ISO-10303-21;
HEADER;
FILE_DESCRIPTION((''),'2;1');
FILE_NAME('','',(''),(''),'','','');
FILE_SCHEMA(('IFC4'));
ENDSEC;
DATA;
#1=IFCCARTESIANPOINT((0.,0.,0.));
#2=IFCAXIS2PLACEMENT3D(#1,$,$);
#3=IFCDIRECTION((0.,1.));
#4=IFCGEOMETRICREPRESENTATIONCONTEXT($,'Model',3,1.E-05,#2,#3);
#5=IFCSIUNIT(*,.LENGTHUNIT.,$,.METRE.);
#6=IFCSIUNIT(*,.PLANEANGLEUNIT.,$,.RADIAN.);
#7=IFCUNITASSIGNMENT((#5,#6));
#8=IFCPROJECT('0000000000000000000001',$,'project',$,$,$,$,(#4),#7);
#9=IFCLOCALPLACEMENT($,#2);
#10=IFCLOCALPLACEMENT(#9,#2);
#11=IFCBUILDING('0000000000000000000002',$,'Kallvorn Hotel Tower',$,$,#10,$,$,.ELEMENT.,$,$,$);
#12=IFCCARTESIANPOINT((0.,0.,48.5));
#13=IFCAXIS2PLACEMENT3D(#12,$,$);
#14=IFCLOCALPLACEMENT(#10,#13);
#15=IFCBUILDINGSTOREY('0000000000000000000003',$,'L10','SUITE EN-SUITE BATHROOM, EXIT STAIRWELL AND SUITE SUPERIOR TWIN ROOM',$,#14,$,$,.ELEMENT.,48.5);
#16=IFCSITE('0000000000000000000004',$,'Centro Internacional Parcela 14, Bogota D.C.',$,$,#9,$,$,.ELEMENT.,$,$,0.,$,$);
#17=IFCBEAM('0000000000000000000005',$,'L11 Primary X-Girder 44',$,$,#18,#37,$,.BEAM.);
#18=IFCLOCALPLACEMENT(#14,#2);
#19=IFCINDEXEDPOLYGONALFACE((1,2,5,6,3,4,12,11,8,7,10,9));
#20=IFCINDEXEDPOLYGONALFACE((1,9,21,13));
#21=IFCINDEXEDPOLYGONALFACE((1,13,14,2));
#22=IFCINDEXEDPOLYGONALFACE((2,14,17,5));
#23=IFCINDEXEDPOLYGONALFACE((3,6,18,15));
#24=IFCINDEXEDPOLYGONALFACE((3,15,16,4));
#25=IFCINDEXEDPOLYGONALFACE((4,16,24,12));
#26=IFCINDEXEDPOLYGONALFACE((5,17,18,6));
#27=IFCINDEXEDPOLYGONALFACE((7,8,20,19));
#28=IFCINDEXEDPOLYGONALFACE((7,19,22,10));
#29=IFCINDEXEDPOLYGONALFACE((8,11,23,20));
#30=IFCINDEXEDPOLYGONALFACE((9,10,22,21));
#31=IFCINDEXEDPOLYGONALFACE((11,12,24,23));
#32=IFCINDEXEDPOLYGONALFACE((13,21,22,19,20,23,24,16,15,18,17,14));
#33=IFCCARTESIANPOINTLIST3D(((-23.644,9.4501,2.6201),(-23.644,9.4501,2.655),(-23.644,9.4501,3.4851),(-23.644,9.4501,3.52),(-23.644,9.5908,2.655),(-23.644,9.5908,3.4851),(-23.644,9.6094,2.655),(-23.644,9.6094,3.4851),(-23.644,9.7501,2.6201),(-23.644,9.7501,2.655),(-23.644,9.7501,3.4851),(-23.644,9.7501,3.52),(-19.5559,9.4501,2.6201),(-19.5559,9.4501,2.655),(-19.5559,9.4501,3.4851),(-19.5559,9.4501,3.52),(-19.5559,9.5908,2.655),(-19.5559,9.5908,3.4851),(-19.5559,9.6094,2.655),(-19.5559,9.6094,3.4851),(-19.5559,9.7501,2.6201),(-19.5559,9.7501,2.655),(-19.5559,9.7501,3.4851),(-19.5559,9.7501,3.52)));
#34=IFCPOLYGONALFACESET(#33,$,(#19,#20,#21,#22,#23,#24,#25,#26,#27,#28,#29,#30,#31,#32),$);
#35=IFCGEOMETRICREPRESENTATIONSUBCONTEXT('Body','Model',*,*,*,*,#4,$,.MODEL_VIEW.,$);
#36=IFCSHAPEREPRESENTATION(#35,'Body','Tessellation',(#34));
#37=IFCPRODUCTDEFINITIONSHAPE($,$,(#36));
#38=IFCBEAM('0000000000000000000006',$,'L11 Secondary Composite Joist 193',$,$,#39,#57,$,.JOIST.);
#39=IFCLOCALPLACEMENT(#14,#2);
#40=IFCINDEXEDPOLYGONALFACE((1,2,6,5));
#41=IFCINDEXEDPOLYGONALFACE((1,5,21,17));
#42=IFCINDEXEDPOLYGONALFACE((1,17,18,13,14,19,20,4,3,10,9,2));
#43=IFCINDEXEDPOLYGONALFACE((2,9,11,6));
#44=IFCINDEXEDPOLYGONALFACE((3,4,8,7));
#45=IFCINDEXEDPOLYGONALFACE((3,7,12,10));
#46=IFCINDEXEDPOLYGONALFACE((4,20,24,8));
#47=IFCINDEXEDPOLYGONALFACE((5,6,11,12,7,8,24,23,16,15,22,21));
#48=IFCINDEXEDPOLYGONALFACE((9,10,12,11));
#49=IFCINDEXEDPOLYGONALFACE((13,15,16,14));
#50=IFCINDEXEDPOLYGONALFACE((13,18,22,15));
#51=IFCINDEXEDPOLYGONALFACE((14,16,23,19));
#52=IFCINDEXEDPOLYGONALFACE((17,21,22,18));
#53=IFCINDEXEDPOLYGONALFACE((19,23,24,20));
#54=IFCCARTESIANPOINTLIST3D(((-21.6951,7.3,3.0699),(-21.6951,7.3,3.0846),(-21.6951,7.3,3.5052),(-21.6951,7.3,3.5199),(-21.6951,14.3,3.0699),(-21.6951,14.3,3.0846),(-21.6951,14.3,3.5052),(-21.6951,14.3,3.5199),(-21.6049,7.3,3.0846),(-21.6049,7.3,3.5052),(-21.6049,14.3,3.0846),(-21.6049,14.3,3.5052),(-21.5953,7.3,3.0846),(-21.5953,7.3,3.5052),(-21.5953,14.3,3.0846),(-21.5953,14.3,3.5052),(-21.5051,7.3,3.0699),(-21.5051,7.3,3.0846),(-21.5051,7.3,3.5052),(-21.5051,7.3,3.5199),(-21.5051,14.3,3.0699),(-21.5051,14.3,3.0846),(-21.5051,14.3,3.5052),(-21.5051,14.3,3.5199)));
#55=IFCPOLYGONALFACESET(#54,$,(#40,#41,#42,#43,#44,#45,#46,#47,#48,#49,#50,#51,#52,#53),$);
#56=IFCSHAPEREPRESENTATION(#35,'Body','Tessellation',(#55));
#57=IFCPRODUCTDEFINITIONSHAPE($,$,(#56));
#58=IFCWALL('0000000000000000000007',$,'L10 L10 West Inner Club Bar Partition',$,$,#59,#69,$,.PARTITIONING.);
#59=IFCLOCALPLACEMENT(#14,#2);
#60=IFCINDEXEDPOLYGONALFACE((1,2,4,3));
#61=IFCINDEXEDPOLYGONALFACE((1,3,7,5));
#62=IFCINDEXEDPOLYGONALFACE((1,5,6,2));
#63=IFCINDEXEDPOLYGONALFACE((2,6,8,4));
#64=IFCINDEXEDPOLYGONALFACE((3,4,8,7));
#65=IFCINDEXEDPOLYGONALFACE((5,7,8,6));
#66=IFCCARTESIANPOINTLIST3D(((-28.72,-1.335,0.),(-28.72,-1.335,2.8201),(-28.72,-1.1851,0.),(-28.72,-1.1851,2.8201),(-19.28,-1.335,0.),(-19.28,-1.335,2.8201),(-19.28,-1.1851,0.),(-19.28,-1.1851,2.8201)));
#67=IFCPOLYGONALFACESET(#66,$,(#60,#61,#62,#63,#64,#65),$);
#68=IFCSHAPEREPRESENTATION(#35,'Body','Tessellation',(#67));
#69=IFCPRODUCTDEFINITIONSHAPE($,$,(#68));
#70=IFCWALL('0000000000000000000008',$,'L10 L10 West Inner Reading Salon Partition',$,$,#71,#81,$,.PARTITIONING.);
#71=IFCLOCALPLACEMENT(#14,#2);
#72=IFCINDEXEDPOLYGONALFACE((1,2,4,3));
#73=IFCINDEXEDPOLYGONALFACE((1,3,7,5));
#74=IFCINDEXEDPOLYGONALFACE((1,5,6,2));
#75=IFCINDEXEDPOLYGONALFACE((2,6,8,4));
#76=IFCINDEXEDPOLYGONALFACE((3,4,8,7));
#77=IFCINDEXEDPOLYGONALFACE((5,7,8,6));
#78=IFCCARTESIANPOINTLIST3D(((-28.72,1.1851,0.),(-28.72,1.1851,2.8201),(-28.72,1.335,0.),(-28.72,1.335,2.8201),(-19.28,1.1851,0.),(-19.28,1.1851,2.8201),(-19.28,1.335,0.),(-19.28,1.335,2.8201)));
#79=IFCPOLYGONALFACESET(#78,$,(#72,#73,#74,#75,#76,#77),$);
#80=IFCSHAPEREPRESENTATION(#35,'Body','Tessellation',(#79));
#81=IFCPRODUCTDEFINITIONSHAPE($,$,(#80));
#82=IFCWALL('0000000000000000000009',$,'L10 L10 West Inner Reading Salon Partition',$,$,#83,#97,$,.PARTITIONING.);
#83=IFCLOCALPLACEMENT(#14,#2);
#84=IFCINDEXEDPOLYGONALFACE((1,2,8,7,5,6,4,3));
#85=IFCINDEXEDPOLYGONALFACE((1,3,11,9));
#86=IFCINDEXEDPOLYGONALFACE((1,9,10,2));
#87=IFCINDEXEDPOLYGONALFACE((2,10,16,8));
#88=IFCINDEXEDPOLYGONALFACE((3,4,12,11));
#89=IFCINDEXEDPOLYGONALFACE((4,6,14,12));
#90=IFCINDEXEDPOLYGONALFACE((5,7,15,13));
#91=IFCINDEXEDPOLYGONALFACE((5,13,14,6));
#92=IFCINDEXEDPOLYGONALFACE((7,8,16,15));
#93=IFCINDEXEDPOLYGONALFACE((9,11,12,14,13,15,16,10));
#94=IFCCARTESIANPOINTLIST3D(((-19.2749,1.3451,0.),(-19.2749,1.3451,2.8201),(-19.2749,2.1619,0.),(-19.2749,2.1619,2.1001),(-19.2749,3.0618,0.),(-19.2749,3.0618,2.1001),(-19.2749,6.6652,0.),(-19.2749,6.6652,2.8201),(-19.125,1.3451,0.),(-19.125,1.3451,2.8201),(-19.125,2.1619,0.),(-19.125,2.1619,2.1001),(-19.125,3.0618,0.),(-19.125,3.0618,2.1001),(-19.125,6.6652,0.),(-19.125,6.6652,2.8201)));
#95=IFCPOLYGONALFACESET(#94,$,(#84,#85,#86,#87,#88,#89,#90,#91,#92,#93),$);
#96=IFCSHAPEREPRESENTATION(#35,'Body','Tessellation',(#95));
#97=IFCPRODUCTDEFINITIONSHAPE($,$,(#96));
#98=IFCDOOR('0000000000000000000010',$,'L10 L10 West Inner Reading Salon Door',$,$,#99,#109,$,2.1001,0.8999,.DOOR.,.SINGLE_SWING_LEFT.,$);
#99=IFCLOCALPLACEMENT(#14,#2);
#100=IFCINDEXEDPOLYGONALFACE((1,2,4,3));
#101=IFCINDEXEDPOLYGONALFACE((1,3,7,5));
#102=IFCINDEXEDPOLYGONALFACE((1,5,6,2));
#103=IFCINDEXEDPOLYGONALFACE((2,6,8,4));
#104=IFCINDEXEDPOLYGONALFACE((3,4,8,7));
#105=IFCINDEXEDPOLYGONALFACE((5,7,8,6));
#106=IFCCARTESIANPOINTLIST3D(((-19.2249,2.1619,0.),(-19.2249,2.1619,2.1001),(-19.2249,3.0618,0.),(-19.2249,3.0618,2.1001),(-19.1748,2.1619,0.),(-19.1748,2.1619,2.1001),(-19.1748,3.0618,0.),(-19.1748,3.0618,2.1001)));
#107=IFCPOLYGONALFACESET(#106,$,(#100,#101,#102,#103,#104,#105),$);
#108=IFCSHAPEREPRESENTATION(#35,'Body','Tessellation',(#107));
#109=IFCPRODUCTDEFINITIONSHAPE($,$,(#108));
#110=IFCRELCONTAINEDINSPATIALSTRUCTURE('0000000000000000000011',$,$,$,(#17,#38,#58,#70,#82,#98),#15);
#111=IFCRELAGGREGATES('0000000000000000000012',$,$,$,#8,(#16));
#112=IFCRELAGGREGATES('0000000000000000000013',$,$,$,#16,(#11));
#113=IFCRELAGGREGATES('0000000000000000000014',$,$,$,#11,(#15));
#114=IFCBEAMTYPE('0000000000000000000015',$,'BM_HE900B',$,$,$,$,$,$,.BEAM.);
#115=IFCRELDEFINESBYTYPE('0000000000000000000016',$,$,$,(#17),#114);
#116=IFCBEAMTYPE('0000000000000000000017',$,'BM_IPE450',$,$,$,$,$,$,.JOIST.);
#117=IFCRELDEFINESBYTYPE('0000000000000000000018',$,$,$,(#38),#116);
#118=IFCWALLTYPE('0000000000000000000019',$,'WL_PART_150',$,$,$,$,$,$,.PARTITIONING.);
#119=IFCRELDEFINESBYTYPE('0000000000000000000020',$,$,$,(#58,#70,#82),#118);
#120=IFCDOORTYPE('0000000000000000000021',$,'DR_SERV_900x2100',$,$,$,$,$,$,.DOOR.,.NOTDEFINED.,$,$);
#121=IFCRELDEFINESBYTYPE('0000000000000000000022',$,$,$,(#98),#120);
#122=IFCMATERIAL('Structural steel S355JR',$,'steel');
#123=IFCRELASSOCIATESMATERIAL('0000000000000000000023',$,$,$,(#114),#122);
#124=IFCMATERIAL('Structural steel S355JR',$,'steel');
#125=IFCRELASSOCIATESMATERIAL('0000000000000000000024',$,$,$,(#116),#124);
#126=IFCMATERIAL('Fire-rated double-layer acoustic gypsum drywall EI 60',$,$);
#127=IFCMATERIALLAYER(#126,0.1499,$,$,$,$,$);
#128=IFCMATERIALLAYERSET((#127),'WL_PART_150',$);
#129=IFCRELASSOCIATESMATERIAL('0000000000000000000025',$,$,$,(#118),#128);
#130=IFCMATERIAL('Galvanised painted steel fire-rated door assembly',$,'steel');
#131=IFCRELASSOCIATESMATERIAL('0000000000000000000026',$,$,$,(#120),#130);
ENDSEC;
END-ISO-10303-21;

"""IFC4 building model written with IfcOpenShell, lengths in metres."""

from ifc_helpers import new_model, si_unit, direction, frame, frame_2d, origin, origin_2d, place, context, subcontext, project, spatial, rectangle, i_section, extrude, material, layer, layer_set, material_profile, profile_set, type_object, element, fill, save


model = new_model("IFC4")

# Units and contexts
model_context = context("Model", 3, precision=1e-05, world=origin(), true_north=direction((0.0, 1.0)))
body_context = subcontext(model_context, "Body", "Model", "MODEL_VIEW")
ifc_project = project(units=[si_unit("LENGTHUNIT", "METRE"), si_unit("PLANEANGLEUNIT", "RADIAN")], contexts=[model_context])

# Site, building, storey
site_placement = place(None, origin())
site = spatial("IfcSite", under=ifc_project, at=site_placement, Name="Centro Internacional Parcela 14, Bogota D.C.", CompositionType="ELEMENT", RefElevation=0.0)
building_placement = place(site_placement, origin())
building = spatial("IfcBuilding", under=site, at=building_placement, Name="Kallvorn Hotel Tower", CompositionType="ELEMENT")
storey_placement = place(building_placement, frame((0.0, 0.0, 48.5)))
storey = spatial("IfcBuildingStorey", under=building, at=storey_placement, Name="L10", Description="SUITE EN-SUITE BATHROOM, EXIT STAIRWELL AND SUITE SUPERIOR TWIN ROOM", CompositionType="ELEMENT", Elevation=48.5)

# Beams
ifc_material_1 = material(Name="Structural steel S355JR", Category="steel")
ifc_material_profile_1 = material_profile(ifc_material_1, i_section(OverallWidth=0.3, OverallDepth=0.8999, WebThickness=0.0186, FlangeThickness=0.0349, at=origin_2d()), Name="HE 900 B")
ifc_profile_set_1 = profile_set([ifc_material_profile_1], Name="Structural steel S355JR")
beam_type_1 = type_object("IfcBeamType", Name="BM_HE900B", PredefinedType="BEAM", material=ifc_profile_set_1)
for number, where, z_axis, x_axis, name in (
    (1, (-23.644, 9.6001, 3.0701), (1.0, 0.0, 0.0), (0.0, 1.0, 0.0), "L11 Primary X-Girder 44"),
):
    element("IfcBeam", number, at=place(storey_placement, frame(where, z_axis=z_axis, x_axis=x_axis)), inside=storey, type_object=beam_type_1, Name=name, PredefinedType="BEAM", context=body_context, shape_type="SweptSolid", body=[
        extrude(i_section(OverallWidth=0.3, OverallDepth=0.8999, WebThickness=0.0186, FlangeThickness=0.0349, at=origin_2d()), origin(), (0.0, 0.0, 1.0), 4.0881),
    ])
ifc_material_2 = material(Name="Structural steel S355JR", Category="steel")
ifc_material_profile_2 = material_profile(ifc_material_2, i_section(OverallWidth=0.1899, OverallDepth=0.45, WebThickness=0.0095, FlangeThickness=0.0146, at=origin_2d()), Name="IPE 450")
ifc_profile_set_2 = profile_set([ifc_material_profile_2], Name="Structural steel S355JR")
beam_type_2 = type_object("IfcBeamType", Name="BM_IPE450", PredefinedType="JOIST", material=ifc_profile_set_2)
beam_1_placement = place(storey_placement, frame((-21.6001, 7.3, 3.2949), z_axis=(0.0, 1.0, 0.0), x_axis=(-1.0, 0.0, 0.0)))
element("IfcBeam", 2, at=beam_1_placement, inside=storey, type_object=beam_type_2, Name="L11 Secondary Composite Joist 193", PredefinedType="JOIST", context=body_context, shape_type="SweptSolid", body=[
    extrude(i_section(OverallWidth=0.1899, OverallDepth=0.45, WebThickness=0.0095, FlangeThickness=0.0146, at=origin_2d()), origin(), (0.0, 0.0, 1.0), 7.0),
])

# Walls
ifc_material_3 = material(Name="Fire-rated double-layer acoustic gypsum drywall EI 60")
ifc_layer = layer(ifc_material_3, 0.1499)
ifc_layer_set = layer_set([ifc_layer], Name="WL_PART_150")
wall_type = type_object("IfcWallType", Name="WL_PART_150", PredefinedType="PARTITIONING", material=ifc_layer_set)
for number, where, z_axis, x_axis, name in (
    (3, (-28.72, -1.26, 0.0), (0.0, 0.0, 1.0), (1.0, 0.0, 0.0), "L10 L10 West Inner Club Bar Partition"),
    (4, (-28.72, 1.26, 0.0), (0.0, 0.0, 1.0), (1.0, 0.0, 0.0), "L10 L10 West Inner Reading Salon Partition"),
):
    element("IfcWall", number, at=place(storey_placement, frame(where, z_axis=z_axis, x_axis=x_axis)), inside=storey, type_object=wall_type, Name=name, PredefinedType="PARTITIONING", context=body_context, shape_type="SweptSolid", body=[
        extrude(rectangle(XDim=9.4399, YDim=0.1499, at=frame_2d((4.72, 0.0))), origin(), (0.0, 0.0, 1.0), 2.8201),
    ])

# Wall, opening, door
wall_placement = place(storey_placement, frame((-19.2, 1.345, 0.0), z_axis=(0.0, 0.0, 1.0), x_axis=(0.0, 1.0, 0.0)))
wall = element("IfcWall", 5, at=wall_placement, inside=storey, type_object=wall_type, Name="L10 L10 West Inner Reading Salon Partition", PredefinedType="PARTITIONING", context=body_context, shape_type="SweptSolid", body=[
    extrude(rectangle(XDim=5.3201, YDim=0.1499, at=frame_2d((2.6602, 0.0))), origin(), (0.0, 0.0, 1.0), 2.8201),
])
opening_placement = place(wall_placement, frame((0.8169, 0.0, 0.0)))
opening = element("IfcOpeningElement", 6, at=opening_placement, cuts=wall, PredefinedType="OPENING", context=body_context, shape_type="SweptSolid", body=[
    extrude(rectangle(XDim=0.8999, YDim=2.1001, at=frame_2d((0.45, 1.05))), frame((0.0, 0.0898, 0.0), z_axis=(0.0, -1.0, 0.0), x_axis=(1.0, 0.0, 0.0)), (0.0, 0.0, 1.0), 0.1799),
])
ifc_material_4 = material(Name="Galvanised painted steel fire-rated door assembly", Category="steel")
door_type = type_object("IfcDoorType", Name="DR_SERV_900x2100", OperationType="NOTDEFINED", PredefinedType="DOOR", material=ifc_material_4)
door_placement = place(opening_placement, origin())
door = element("IfcDoor", 7, at=door_placement, inside=storey, type_object=door_type, Name="L10 L10 West Inner Reading Salon Door", OperationType="SINGLE_SWING_LEFT", OverallHeight=2.1001, OverallWidth=0.8999, PredefinedType="DOOR", context=body_context, shape_type="SweptSolid", body=[
    extrude(rectangle(XDim=0.8999, YDim=2.1001, at=frame_2d((0.45, 1.05))), frame((0.0, 0.0249, 0.0), z_axis=(0.0, -1.0, 0.0), x_axis=(1.0, 0.0, 0.0)), (0.0, 0.0, 1.0), 0.05),
])
fill(opening, door)

save(model, "model.ifc")
